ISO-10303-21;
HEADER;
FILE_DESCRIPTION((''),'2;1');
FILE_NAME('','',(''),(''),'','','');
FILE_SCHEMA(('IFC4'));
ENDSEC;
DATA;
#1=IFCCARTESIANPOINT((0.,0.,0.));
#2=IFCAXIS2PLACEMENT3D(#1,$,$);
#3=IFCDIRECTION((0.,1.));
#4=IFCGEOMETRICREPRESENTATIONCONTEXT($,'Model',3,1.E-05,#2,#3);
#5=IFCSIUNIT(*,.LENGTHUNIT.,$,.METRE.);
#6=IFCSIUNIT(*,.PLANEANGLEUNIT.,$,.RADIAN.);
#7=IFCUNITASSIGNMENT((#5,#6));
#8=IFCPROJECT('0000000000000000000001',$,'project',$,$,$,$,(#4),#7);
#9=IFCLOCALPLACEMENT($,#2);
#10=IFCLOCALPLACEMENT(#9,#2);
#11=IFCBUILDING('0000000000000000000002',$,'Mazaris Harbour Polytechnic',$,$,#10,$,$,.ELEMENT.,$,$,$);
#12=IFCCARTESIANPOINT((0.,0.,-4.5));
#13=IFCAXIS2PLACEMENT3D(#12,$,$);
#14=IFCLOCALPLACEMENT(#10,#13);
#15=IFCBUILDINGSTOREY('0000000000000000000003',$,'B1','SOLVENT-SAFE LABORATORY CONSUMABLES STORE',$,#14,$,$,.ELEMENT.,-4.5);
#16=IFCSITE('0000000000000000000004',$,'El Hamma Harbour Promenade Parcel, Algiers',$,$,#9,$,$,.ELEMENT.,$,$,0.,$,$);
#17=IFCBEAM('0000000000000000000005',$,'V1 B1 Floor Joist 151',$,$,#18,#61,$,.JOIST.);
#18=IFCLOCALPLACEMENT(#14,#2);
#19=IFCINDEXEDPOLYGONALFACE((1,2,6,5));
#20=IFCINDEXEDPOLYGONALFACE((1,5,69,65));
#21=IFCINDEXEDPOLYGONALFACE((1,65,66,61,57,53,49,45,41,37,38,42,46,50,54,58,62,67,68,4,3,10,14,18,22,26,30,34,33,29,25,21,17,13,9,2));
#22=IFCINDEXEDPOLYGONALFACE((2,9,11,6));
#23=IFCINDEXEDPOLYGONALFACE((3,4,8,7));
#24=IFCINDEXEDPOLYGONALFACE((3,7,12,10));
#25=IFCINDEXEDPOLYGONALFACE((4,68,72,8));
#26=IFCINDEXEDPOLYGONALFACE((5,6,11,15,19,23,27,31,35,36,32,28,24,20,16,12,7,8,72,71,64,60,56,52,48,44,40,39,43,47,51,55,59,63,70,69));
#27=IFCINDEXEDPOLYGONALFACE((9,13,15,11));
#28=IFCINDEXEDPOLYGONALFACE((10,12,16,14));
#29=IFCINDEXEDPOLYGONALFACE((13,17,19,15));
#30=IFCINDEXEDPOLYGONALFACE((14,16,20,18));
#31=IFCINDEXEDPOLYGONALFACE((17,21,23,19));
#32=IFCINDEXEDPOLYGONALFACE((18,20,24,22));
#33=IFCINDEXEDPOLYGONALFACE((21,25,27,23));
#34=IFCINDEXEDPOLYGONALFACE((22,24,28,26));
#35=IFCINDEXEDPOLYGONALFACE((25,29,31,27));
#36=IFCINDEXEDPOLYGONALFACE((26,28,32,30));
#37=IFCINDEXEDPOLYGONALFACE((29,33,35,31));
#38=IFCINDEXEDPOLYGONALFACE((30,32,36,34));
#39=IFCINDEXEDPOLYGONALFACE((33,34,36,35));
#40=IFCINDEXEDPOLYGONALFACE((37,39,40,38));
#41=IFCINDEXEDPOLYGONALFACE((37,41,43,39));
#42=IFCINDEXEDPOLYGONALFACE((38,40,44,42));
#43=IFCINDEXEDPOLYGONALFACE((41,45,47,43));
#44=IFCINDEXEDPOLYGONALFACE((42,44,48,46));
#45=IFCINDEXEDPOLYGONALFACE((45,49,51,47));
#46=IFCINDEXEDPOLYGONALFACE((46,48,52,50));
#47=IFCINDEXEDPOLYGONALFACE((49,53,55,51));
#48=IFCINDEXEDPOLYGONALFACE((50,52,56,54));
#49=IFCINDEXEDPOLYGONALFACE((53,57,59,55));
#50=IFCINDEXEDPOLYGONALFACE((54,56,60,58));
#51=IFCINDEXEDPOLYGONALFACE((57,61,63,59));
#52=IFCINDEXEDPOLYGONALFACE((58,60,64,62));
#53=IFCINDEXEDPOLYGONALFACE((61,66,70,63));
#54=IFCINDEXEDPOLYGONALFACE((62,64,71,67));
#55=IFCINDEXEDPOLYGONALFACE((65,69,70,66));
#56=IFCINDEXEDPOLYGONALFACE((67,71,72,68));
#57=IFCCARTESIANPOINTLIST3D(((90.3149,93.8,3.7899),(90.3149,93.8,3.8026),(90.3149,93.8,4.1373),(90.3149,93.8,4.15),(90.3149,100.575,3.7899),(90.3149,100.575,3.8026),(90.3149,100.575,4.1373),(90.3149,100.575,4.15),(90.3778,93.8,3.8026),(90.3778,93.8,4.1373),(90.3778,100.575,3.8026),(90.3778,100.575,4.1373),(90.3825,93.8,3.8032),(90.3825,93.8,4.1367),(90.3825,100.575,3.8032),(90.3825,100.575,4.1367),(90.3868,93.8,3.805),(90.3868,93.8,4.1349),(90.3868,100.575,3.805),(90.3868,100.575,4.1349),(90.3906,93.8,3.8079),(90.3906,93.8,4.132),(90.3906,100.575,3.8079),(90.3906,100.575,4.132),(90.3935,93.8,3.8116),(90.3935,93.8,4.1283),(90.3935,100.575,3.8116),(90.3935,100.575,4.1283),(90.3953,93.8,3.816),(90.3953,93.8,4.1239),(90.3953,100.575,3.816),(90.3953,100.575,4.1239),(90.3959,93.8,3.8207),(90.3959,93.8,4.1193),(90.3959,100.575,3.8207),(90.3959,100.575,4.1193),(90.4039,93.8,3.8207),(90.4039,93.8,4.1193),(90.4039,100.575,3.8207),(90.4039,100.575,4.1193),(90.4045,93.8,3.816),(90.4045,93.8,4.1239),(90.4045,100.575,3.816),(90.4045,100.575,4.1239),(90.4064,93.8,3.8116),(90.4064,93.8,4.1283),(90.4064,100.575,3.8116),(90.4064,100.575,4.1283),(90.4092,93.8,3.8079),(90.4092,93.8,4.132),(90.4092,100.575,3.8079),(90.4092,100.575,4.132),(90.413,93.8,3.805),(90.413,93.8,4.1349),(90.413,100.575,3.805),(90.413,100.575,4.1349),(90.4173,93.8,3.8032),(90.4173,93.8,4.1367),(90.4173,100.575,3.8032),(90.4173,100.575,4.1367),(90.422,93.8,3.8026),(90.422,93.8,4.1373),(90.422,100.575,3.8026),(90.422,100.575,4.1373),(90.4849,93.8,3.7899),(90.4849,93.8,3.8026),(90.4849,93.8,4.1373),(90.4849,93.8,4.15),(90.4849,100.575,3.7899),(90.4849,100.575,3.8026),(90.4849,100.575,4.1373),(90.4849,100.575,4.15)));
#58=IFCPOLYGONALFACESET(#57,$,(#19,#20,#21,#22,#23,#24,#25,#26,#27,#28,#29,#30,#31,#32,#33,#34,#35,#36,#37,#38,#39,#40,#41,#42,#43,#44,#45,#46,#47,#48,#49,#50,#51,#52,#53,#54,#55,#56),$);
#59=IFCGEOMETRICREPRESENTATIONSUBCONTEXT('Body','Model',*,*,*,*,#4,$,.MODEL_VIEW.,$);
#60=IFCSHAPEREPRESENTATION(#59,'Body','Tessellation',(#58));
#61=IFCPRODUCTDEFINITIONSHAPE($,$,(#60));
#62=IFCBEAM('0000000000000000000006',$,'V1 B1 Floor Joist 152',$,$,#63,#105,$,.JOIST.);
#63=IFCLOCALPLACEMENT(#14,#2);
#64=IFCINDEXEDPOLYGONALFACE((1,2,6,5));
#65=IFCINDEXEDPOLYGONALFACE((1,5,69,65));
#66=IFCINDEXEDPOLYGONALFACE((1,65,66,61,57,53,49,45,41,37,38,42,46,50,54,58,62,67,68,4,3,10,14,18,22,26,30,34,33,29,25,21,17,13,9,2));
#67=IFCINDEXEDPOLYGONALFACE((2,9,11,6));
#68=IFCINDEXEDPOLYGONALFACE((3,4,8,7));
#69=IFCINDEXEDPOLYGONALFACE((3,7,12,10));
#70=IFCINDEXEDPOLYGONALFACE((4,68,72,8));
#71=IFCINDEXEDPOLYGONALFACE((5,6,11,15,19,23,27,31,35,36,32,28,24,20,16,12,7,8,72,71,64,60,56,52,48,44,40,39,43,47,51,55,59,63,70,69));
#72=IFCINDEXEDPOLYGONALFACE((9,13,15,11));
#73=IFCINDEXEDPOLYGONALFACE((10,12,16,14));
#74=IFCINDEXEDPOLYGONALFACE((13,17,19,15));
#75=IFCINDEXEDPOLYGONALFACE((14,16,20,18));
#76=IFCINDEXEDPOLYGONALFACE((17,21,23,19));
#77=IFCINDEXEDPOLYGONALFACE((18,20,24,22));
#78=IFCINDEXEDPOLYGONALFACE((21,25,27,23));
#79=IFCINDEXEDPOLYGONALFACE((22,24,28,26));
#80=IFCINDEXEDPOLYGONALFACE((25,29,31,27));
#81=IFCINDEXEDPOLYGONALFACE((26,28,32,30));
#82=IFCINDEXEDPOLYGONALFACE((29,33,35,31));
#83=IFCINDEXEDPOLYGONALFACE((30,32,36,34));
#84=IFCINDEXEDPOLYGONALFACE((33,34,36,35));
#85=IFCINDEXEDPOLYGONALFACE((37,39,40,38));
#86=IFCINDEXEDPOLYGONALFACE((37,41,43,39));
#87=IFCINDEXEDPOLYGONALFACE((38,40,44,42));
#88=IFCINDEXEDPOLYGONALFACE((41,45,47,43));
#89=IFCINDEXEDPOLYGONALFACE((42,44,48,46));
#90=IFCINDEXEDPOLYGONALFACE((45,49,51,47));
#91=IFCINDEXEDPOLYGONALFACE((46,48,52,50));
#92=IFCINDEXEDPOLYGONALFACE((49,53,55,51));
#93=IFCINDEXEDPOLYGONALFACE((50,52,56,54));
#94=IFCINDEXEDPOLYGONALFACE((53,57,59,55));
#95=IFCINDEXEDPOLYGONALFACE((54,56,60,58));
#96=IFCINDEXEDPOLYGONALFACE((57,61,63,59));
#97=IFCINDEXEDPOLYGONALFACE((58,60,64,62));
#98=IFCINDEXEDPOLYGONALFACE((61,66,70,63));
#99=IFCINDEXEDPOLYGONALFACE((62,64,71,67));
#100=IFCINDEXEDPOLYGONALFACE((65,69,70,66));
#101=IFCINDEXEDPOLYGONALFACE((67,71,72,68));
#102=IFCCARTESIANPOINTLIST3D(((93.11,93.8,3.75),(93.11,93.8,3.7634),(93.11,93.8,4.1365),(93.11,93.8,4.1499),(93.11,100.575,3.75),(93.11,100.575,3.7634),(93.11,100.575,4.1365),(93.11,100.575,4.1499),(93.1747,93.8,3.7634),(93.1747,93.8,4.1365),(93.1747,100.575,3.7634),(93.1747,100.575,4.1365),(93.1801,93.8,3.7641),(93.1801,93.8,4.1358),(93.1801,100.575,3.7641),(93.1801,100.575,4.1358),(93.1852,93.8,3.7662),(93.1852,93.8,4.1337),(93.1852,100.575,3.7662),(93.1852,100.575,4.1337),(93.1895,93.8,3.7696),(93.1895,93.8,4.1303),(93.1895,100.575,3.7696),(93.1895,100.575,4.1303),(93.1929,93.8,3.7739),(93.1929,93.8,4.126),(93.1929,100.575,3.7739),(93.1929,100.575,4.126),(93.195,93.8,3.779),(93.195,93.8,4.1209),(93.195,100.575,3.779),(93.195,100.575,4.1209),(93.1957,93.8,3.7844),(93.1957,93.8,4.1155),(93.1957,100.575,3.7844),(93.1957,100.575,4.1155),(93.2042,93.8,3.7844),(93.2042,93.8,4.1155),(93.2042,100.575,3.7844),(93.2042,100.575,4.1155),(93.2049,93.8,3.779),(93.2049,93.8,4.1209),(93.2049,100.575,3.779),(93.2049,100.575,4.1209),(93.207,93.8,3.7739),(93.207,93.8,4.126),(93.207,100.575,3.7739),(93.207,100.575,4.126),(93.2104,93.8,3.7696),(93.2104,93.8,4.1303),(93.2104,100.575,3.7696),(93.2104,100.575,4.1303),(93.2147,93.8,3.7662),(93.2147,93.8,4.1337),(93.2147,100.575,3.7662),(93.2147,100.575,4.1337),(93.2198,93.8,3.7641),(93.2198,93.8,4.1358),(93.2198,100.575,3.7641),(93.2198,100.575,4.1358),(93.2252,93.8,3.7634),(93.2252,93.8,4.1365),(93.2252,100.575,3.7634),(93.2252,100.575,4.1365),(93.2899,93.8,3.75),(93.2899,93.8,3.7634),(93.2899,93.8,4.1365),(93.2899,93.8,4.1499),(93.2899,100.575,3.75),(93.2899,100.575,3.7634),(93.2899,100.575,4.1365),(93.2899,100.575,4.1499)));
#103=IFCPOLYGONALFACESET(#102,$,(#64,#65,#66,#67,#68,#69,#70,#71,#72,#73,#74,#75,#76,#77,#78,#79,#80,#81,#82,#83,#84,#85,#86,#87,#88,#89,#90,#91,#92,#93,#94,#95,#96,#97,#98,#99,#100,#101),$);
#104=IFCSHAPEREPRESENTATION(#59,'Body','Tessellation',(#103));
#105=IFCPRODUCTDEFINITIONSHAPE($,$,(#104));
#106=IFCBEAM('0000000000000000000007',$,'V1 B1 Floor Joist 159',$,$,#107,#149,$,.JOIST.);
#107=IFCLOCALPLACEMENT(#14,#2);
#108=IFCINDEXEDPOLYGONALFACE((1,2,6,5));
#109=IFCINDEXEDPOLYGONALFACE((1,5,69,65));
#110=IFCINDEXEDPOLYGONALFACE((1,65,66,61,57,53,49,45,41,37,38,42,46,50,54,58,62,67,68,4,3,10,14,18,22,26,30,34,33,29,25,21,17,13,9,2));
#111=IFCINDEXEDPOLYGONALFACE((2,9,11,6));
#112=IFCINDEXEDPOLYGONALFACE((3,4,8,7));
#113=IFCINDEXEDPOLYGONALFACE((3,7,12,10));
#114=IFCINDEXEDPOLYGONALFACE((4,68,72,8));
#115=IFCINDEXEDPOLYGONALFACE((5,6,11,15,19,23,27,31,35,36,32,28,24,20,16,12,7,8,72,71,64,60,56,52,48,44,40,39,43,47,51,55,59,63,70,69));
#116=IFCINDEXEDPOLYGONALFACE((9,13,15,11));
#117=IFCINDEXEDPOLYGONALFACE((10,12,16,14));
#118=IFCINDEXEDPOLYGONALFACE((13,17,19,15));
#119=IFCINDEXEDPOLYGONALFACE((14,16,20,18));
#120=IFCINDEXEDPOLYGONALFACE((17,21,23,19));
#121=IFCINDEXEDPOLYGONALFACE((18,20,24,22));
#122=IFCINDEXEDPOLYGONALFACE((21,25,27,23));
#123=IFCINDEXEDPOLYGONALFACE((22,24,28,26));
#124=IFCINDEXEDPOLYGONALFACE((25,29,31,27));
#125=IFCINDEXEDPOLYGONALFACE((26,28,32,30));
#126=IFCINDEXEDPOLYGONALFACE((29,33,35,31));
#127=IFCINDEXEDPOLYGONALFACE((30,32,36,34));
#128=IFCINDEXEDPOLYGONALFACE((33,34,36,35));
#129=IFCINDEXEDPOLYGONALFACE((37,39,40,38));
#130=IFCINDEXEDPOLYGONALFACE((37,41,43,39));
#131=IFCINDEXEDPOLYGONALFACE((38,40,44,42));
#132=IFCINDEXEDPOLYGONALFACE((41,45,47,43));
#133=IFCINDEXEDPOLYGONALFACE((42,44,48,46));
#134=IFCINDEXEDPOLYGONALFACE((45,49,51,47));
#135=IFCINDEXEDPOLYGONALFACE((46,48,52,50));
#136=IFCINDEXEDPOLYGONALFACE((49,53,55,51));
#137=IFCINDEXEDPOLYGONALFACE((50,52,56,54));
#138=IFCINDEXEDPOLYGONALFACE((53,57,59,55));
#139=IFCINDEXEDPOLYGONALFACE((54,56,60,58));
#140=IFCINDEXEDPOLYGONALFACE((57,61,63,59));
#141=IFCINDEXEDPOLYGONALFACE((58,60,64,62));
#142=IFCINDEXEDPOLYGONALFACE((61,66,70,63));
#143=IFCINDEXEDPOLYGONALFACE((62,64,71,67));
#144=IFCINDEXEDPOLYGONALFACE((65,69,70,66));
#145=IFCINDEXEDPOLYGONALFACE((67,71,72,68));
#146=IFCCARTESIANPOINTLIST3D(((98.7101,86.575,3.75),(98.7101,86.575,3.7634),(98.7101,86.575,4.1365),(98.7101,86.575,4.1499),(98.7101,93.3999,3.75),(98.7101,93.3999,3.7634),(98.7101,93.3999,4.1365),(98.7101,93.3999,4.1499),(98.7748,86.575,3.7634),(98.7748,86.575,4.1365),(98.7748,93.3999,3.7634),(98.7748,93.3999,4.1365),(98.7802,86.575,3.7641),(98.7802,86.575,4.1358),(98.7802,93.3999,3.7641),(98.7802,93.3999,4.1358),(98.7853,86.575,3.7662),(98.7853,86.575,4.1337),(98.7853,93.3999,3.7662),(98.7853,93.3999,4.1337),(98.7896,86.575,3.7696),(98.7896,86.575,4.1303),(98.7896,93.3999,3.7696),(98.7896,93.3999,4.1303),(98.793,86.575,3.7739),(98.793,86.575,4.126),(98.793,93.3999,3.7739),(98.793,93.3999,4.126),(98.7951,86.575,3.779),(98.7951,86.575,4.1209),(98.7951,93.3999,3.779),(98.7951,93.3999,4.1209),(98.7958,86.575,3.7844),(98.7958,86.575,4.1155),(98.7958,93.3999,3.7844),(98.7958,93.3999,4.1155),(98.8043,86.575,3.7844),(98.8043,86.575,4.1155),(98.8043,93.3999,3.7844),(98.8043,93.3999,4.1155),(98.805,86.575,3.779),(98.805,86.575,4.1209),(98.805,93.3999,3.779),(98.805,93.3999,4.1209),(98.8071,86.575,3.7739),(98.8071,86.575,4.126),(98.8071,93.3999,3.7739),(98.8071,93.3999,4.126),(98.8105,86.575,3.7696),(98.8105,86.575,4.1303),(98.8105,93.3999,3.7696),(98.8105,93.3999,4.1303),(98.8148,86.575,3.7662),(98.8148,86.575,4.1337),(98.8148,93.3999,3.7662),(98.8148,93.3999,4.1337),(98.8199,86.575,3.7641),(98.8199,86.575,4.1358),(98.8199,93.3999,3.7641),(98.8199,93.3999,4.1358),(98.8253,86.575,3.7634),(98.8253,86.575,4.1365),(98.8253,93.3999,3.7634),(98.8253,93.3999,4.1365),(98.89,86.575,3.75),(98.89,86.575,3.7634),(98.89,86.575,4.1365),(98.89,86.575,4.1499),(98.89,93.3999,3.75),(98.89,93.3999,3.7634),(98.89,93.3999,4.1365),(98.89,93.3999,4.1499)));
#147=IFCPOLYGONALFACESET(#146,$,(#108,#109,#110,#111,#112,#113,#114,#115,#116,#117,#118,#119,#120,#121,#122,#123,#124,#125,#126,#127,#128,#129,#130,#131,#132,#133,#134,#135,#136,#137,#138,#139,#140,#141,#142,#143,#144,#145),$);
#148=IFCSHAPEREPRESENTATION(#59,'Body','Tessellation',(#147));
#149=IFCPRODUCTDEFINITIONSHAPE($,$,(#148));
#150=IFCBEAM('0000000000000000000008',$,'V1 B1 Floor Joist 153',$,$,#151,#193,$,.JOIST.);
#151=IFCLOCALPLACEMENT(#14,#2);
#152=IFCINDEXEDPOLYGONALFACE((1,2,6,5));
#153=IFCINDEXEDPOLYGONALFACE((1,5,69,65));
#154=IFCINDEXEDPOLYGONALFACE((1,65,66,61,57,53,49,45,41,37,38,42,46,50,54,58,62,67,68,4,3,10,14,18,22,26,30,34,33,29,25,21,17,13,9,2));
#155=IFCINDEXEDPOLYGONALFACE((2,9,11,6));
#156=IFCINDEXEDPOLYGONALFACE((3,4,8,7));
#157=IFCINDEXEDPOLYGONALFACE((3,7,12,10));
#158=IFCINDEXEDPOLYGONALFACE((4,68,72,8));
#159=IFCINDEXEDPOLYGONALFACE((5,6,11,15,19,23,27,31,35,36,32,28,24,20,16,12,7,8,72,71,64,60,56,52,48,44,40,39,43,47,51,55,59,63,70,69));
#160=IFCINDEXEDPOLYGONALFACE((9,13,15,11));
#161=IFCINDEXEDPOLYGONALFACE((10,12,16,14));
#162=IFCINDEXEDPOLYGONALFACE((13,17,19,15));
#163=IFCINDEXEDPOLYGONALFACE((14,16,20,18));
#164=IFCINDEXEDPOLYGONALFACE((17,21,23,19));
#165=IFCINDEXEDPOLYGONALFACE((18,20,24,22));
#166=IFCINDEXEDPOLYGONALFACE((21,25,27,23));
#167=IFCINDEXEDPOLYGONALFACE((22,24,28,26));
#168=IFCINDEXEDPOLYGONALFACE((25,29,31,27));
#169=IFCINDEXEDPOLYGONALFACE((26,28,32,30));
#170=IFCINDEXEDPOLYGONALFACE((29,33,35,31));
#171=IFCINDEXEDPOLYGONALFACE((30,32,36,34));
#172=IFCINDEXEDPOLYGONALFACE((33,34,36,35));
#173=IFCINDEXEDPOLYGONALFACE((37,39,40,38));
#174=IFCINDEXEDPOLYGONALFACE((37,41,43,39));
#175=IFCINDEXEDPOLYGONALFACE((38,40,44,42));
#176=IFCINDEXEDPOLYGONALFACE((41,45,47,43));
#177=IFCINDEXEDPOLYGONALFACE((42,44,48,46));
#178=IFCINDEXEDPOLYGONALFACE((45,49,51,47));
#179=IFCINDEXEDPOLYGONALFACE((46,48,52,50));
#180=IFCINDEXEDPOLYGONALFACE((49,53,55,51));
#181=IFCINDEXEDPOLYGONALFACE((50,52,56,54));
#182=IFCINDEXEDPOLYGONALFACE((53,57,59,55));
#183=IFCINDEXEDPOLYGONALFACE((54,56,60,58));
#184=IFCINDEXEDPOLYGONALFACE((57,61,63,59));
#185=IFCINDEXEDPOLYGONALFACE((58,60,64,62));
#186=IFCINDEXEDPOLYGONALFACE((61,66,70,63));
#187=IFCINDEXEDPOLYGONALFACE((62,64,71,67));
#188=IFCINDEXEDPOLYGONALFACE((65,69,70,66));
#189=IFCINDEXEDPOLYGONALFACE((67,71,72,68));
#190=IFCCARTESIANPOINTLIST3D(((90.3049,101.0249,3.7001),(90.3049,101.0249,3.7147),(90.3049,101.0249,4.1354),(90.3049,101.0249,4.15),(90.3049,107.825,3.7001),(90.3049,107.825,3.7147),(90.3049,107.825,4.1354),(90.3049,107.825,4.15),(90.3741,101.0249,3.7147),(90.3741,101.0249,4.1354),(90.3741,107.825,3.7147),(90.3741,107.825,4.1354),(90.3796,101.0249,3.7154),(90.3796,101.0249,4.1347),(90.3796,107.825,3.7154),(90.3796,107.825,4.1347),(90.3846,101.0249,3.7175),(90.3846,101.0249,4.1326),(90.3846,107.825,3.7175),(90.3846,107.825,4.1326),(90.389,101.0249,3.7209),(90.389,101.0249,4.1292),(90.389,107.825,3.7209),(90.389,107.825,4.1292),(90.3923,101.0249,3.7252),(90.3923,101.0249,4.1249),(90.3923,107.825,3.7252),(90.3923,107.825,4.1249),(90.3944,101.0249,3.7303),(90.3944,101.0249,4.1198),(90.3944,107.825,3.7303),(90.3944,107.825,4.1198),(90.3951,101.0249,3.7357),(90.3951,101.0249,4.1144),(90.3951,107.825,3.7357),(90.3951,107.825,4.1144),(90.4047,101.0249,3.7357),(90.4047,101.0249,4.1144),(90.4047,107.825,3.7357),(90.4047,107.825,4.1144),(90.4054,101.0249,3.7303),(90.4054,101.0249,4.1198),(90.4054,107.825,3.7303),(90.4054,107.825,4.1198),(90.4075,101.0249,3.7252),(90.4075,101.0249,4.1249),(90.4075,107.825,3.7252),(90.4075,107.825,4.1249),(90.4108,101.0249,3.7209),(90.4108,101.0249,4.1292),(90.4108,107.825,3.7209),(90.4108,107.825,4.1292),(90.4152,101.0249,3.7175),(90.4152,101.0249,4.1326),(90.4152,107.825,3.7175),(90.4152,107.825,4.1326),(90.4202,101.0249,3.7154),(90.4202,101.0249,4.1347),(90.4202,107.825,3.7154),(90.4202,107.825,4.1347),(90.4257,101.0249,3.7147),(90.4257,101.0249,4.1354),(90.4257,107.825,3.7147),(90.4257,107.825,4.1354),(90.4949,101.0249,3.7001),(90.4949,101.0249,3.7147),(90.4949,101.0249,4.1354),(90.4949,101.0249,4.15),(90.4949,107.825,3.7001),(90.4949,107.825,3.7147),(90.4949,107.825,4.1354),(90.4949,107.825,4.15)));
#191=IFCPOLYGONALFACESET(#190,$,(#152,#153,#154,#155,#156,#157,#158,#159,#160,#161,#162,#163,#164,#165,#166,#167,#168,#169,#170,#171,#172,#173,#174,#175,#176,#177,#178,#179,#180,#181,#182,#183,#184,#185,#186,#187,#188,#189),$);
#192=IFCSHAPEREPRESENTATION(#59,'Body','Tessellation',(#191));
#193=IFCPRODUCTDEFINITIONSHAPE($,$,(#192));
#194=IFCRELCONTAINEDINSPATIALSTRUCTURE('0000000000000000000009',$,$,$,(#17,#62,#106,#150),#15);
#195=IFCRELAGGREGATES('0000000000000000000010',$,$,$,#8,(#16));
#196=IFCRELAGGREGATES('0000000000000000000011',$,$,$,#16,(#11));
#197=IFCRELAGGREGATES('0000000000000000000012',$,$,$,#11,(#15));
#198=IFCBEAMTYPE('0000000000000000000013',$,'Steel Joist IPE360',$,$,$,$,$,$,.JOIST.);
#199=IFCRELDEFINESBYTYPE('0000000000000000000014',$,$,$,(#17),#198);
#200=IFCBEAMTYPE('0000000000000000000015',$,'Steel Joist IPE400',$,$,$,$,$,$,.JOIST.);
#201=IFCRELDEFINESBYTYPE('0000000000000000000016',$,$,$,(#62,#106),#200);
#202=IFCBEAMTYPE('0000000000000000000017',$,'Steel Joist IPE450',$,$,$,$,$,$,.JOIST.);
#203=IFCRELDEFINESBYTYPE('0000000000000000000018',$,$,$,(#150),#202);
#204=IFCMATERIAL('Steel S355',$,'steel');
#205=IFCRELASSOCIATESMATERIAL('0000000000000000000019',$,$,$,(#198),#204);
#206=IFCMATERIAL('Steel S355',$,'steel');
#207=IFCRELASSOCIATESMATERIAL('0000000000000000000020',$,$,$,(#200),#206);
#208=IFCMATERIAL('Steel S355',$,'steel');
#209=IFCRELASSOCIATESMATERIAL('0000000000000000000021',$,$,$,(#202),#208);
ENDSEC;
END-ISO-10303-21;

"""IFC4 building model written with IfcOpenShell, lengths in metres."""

from ifc_helpers import new_model, si_unit, direction, frame, origin, origin_2d, place, context, subcontext, project, spatial, i_section, extrude, material, material_profile, profile_set, type_object, element, save


model = new_model("IFC4")

# Units and contexts
model_context = context("Model", 3, precision=1e-05, world=origin(), true_north=direction((0.0, 1.0)))
body_context = subcontext(model_context, "Body", "Model", "MODEL_VIEW")
ifc_project = project(units=[si_unit("LENGTHUNIT", "METRE"), si_unit("PLANEANGLEUNIT", "RADIAN")], contexts=[model_context])

# Site, building, storey
site_placement = place(None, origin())
site = spatial("IfcSite", under=ifc_project, at=site_placement, Name="El Hamma Harbour Promenade Parcel, Algiers", CompositionType="ELEMENT", RefElevation=0.0)
building_placement = place(site_placement, origin())
building = spatial("IfcBuilding", under=site, at=building_placement, Name="Mazaris Harbour Polytechnic", CompositionType="ELEMENT")
storey_placement = place(building_placement, frame((0.0, 0.0, -4.5)))
storey = spatial("IfcBuildingStorey", under=building, at=storey_placement, Name="B1", Description="SOLVENT-SAFE LABORATORY CONSUMABLES STORE", CompositionType="ELEMENT", Elevation=-4.5)

# Beams
ifc_material_1 = material(Name="Steel S355", Category="steel")
ifc_material_profile_1 = material_profile(ifc_material_1, i_section(OverallWidth=0.1699, OverallDepth=0.3601, WebThickness=0.0081, FlangeThickness=0.0127, FilletRadius=0.0181, at=origin_2d()), Name="IPE 360")
ifc_profile_set_1 = profile_set([ifc_material_profile_1], Name="Steel S355")
beam_type_1 = type_object("IfcBeamType", Name="Steel Joist IPE360", PredefinedType="JOIST", material=ifc_profile_set_1)
beam_1_placement = place(storey_placement, frame((90.3999, 93.8, 3.97), z_axis=(0.0, 1.0, 0.0), x_axis=(-1.0, 0.0, 0.0)))
element("IfcBeam", 1, at=beam_1_placement, inside=storey, type_object=beam_type_1, Name="V1 B1 Floor Joist 151", PredefinedType="JOIST", context=body_context, shape_type="SweptSolid", body=[
    extrude(i_section(OverallWidth=0.1699, OverallDepth=0.3601, WebThickness=0.0081, FlangeThickness=0.0127, FilletRadius=0.0181, at=origin_2d()), origin(), (0.0, 0.0, 1.0), 6.7749),
])
ifc_material_2 = material(Name="Steel S355", Category="steel")
ifc_material_profile_2 = material_profile(ifc_material_2, i_section(OverallWidth=0.1799, OverallDepth=0.3999, WebThickness=0.0085, FlangeThickness=0.0134, FilletRadius=0.021, at=origin_2d()), Name="IPE 400")
ifc_profile_set_2 = profile_set([ifc_material_profile_2], Name="Steel S355")
beam_type_2 = type_object("IfcBeamType", Name="Steel Joist IPE400", PredefinedType="JOIST", material=ifc_profile_set_2)
beam_2_placement = place(storey_placement, frame((93.2, 93.8, 3.95), z_axis=(0.0, 1.0, 0.0), x_axis=(-1.0, 0.0, 0.0)))
element("IfcBeam", 2, at=beam_2_placement, inside=storey, type_object=beam_type_2, Name="V1 B1 Floor Joist 152", PredefinedType="JOIST", context=body_context, shape_type="SweptSolid", body=[
    extrude(i_section(OverallWidth=0.1799, OverallDepth=0.3999, WebThickness=0.0085, FlangeThickness=0.0134, FilletRadius=0.021, at=origin_2d()), origin(), (0.0, 0.0, 1.0), 6.7749),
])
beam_3_placement = place(storey_placement, frame((98.8, 86.575, 3.95), z_axis=(0.0, 1.0, 0.0), x_axis=(-1.0, 0.0, 0.0)))
element("IfcBeam", 3, at=beam_3_placement, inside=storey, type_object=beam_type_2, Name="V1 B1 Floor Joist 159", PredefinedType="JOIST", context=body_context, shape_type="SweptSolid", body=[
    extrude(i_section(OverallWidth=0.1799, OverallDepth=0.3999, WebThickness=0.0085, FlangeThickness=0.0134, FilletRadius=0.021, at=origin_2d()), origin(), (0.0, 0.0, 1.0), 6.825),
])
ifc_material_3 = material(Name="Steel S355", Category="steel")
ifc_material_profile_3 = material_profile(ifc_material_3, i_section(OverallWidth=0.1899, OverallDepth=0.45, WebThickness=0.0095, FlangeThickness=0.0146, FilletRadius=0.021, at=origin_2d()), Name="IPE 450")
ifc_profile_set_3 = profile_set([ifc_material_profile_3], Name="Steel S355")
beam_type_3 = type_object("IfcBeamType", Name="Steel Joist IPE450", PredefinedType="JOIST", material=ifc_profile_set_3)
beam_4_placement = place(storey_placement, frame((90.3999, 101.0249, 3.925), z_axis=(0.0, 1.0, 0.0), x_axis=(-1.0, 0.0, 0.0)))
element("IfcBeam", 4, at=beam_4_placement, inside=storey, type_object=beam_type_3, Name="V1 B1 Floor Joist 153", PredefinedType="JOIST", context=body_context, shape_type="SweptSolid", body=[
    extrude(i_section(OverallWidth=0.1899, OverallDepth=0.45, WebThickness=0.0095, FlangeThickness=0.0146, FilletRadius=0.021, at=origin_2d()), origin(), (0.0, 0.0, 1.0), 6.8),
])

save(model, "model.ifc")
